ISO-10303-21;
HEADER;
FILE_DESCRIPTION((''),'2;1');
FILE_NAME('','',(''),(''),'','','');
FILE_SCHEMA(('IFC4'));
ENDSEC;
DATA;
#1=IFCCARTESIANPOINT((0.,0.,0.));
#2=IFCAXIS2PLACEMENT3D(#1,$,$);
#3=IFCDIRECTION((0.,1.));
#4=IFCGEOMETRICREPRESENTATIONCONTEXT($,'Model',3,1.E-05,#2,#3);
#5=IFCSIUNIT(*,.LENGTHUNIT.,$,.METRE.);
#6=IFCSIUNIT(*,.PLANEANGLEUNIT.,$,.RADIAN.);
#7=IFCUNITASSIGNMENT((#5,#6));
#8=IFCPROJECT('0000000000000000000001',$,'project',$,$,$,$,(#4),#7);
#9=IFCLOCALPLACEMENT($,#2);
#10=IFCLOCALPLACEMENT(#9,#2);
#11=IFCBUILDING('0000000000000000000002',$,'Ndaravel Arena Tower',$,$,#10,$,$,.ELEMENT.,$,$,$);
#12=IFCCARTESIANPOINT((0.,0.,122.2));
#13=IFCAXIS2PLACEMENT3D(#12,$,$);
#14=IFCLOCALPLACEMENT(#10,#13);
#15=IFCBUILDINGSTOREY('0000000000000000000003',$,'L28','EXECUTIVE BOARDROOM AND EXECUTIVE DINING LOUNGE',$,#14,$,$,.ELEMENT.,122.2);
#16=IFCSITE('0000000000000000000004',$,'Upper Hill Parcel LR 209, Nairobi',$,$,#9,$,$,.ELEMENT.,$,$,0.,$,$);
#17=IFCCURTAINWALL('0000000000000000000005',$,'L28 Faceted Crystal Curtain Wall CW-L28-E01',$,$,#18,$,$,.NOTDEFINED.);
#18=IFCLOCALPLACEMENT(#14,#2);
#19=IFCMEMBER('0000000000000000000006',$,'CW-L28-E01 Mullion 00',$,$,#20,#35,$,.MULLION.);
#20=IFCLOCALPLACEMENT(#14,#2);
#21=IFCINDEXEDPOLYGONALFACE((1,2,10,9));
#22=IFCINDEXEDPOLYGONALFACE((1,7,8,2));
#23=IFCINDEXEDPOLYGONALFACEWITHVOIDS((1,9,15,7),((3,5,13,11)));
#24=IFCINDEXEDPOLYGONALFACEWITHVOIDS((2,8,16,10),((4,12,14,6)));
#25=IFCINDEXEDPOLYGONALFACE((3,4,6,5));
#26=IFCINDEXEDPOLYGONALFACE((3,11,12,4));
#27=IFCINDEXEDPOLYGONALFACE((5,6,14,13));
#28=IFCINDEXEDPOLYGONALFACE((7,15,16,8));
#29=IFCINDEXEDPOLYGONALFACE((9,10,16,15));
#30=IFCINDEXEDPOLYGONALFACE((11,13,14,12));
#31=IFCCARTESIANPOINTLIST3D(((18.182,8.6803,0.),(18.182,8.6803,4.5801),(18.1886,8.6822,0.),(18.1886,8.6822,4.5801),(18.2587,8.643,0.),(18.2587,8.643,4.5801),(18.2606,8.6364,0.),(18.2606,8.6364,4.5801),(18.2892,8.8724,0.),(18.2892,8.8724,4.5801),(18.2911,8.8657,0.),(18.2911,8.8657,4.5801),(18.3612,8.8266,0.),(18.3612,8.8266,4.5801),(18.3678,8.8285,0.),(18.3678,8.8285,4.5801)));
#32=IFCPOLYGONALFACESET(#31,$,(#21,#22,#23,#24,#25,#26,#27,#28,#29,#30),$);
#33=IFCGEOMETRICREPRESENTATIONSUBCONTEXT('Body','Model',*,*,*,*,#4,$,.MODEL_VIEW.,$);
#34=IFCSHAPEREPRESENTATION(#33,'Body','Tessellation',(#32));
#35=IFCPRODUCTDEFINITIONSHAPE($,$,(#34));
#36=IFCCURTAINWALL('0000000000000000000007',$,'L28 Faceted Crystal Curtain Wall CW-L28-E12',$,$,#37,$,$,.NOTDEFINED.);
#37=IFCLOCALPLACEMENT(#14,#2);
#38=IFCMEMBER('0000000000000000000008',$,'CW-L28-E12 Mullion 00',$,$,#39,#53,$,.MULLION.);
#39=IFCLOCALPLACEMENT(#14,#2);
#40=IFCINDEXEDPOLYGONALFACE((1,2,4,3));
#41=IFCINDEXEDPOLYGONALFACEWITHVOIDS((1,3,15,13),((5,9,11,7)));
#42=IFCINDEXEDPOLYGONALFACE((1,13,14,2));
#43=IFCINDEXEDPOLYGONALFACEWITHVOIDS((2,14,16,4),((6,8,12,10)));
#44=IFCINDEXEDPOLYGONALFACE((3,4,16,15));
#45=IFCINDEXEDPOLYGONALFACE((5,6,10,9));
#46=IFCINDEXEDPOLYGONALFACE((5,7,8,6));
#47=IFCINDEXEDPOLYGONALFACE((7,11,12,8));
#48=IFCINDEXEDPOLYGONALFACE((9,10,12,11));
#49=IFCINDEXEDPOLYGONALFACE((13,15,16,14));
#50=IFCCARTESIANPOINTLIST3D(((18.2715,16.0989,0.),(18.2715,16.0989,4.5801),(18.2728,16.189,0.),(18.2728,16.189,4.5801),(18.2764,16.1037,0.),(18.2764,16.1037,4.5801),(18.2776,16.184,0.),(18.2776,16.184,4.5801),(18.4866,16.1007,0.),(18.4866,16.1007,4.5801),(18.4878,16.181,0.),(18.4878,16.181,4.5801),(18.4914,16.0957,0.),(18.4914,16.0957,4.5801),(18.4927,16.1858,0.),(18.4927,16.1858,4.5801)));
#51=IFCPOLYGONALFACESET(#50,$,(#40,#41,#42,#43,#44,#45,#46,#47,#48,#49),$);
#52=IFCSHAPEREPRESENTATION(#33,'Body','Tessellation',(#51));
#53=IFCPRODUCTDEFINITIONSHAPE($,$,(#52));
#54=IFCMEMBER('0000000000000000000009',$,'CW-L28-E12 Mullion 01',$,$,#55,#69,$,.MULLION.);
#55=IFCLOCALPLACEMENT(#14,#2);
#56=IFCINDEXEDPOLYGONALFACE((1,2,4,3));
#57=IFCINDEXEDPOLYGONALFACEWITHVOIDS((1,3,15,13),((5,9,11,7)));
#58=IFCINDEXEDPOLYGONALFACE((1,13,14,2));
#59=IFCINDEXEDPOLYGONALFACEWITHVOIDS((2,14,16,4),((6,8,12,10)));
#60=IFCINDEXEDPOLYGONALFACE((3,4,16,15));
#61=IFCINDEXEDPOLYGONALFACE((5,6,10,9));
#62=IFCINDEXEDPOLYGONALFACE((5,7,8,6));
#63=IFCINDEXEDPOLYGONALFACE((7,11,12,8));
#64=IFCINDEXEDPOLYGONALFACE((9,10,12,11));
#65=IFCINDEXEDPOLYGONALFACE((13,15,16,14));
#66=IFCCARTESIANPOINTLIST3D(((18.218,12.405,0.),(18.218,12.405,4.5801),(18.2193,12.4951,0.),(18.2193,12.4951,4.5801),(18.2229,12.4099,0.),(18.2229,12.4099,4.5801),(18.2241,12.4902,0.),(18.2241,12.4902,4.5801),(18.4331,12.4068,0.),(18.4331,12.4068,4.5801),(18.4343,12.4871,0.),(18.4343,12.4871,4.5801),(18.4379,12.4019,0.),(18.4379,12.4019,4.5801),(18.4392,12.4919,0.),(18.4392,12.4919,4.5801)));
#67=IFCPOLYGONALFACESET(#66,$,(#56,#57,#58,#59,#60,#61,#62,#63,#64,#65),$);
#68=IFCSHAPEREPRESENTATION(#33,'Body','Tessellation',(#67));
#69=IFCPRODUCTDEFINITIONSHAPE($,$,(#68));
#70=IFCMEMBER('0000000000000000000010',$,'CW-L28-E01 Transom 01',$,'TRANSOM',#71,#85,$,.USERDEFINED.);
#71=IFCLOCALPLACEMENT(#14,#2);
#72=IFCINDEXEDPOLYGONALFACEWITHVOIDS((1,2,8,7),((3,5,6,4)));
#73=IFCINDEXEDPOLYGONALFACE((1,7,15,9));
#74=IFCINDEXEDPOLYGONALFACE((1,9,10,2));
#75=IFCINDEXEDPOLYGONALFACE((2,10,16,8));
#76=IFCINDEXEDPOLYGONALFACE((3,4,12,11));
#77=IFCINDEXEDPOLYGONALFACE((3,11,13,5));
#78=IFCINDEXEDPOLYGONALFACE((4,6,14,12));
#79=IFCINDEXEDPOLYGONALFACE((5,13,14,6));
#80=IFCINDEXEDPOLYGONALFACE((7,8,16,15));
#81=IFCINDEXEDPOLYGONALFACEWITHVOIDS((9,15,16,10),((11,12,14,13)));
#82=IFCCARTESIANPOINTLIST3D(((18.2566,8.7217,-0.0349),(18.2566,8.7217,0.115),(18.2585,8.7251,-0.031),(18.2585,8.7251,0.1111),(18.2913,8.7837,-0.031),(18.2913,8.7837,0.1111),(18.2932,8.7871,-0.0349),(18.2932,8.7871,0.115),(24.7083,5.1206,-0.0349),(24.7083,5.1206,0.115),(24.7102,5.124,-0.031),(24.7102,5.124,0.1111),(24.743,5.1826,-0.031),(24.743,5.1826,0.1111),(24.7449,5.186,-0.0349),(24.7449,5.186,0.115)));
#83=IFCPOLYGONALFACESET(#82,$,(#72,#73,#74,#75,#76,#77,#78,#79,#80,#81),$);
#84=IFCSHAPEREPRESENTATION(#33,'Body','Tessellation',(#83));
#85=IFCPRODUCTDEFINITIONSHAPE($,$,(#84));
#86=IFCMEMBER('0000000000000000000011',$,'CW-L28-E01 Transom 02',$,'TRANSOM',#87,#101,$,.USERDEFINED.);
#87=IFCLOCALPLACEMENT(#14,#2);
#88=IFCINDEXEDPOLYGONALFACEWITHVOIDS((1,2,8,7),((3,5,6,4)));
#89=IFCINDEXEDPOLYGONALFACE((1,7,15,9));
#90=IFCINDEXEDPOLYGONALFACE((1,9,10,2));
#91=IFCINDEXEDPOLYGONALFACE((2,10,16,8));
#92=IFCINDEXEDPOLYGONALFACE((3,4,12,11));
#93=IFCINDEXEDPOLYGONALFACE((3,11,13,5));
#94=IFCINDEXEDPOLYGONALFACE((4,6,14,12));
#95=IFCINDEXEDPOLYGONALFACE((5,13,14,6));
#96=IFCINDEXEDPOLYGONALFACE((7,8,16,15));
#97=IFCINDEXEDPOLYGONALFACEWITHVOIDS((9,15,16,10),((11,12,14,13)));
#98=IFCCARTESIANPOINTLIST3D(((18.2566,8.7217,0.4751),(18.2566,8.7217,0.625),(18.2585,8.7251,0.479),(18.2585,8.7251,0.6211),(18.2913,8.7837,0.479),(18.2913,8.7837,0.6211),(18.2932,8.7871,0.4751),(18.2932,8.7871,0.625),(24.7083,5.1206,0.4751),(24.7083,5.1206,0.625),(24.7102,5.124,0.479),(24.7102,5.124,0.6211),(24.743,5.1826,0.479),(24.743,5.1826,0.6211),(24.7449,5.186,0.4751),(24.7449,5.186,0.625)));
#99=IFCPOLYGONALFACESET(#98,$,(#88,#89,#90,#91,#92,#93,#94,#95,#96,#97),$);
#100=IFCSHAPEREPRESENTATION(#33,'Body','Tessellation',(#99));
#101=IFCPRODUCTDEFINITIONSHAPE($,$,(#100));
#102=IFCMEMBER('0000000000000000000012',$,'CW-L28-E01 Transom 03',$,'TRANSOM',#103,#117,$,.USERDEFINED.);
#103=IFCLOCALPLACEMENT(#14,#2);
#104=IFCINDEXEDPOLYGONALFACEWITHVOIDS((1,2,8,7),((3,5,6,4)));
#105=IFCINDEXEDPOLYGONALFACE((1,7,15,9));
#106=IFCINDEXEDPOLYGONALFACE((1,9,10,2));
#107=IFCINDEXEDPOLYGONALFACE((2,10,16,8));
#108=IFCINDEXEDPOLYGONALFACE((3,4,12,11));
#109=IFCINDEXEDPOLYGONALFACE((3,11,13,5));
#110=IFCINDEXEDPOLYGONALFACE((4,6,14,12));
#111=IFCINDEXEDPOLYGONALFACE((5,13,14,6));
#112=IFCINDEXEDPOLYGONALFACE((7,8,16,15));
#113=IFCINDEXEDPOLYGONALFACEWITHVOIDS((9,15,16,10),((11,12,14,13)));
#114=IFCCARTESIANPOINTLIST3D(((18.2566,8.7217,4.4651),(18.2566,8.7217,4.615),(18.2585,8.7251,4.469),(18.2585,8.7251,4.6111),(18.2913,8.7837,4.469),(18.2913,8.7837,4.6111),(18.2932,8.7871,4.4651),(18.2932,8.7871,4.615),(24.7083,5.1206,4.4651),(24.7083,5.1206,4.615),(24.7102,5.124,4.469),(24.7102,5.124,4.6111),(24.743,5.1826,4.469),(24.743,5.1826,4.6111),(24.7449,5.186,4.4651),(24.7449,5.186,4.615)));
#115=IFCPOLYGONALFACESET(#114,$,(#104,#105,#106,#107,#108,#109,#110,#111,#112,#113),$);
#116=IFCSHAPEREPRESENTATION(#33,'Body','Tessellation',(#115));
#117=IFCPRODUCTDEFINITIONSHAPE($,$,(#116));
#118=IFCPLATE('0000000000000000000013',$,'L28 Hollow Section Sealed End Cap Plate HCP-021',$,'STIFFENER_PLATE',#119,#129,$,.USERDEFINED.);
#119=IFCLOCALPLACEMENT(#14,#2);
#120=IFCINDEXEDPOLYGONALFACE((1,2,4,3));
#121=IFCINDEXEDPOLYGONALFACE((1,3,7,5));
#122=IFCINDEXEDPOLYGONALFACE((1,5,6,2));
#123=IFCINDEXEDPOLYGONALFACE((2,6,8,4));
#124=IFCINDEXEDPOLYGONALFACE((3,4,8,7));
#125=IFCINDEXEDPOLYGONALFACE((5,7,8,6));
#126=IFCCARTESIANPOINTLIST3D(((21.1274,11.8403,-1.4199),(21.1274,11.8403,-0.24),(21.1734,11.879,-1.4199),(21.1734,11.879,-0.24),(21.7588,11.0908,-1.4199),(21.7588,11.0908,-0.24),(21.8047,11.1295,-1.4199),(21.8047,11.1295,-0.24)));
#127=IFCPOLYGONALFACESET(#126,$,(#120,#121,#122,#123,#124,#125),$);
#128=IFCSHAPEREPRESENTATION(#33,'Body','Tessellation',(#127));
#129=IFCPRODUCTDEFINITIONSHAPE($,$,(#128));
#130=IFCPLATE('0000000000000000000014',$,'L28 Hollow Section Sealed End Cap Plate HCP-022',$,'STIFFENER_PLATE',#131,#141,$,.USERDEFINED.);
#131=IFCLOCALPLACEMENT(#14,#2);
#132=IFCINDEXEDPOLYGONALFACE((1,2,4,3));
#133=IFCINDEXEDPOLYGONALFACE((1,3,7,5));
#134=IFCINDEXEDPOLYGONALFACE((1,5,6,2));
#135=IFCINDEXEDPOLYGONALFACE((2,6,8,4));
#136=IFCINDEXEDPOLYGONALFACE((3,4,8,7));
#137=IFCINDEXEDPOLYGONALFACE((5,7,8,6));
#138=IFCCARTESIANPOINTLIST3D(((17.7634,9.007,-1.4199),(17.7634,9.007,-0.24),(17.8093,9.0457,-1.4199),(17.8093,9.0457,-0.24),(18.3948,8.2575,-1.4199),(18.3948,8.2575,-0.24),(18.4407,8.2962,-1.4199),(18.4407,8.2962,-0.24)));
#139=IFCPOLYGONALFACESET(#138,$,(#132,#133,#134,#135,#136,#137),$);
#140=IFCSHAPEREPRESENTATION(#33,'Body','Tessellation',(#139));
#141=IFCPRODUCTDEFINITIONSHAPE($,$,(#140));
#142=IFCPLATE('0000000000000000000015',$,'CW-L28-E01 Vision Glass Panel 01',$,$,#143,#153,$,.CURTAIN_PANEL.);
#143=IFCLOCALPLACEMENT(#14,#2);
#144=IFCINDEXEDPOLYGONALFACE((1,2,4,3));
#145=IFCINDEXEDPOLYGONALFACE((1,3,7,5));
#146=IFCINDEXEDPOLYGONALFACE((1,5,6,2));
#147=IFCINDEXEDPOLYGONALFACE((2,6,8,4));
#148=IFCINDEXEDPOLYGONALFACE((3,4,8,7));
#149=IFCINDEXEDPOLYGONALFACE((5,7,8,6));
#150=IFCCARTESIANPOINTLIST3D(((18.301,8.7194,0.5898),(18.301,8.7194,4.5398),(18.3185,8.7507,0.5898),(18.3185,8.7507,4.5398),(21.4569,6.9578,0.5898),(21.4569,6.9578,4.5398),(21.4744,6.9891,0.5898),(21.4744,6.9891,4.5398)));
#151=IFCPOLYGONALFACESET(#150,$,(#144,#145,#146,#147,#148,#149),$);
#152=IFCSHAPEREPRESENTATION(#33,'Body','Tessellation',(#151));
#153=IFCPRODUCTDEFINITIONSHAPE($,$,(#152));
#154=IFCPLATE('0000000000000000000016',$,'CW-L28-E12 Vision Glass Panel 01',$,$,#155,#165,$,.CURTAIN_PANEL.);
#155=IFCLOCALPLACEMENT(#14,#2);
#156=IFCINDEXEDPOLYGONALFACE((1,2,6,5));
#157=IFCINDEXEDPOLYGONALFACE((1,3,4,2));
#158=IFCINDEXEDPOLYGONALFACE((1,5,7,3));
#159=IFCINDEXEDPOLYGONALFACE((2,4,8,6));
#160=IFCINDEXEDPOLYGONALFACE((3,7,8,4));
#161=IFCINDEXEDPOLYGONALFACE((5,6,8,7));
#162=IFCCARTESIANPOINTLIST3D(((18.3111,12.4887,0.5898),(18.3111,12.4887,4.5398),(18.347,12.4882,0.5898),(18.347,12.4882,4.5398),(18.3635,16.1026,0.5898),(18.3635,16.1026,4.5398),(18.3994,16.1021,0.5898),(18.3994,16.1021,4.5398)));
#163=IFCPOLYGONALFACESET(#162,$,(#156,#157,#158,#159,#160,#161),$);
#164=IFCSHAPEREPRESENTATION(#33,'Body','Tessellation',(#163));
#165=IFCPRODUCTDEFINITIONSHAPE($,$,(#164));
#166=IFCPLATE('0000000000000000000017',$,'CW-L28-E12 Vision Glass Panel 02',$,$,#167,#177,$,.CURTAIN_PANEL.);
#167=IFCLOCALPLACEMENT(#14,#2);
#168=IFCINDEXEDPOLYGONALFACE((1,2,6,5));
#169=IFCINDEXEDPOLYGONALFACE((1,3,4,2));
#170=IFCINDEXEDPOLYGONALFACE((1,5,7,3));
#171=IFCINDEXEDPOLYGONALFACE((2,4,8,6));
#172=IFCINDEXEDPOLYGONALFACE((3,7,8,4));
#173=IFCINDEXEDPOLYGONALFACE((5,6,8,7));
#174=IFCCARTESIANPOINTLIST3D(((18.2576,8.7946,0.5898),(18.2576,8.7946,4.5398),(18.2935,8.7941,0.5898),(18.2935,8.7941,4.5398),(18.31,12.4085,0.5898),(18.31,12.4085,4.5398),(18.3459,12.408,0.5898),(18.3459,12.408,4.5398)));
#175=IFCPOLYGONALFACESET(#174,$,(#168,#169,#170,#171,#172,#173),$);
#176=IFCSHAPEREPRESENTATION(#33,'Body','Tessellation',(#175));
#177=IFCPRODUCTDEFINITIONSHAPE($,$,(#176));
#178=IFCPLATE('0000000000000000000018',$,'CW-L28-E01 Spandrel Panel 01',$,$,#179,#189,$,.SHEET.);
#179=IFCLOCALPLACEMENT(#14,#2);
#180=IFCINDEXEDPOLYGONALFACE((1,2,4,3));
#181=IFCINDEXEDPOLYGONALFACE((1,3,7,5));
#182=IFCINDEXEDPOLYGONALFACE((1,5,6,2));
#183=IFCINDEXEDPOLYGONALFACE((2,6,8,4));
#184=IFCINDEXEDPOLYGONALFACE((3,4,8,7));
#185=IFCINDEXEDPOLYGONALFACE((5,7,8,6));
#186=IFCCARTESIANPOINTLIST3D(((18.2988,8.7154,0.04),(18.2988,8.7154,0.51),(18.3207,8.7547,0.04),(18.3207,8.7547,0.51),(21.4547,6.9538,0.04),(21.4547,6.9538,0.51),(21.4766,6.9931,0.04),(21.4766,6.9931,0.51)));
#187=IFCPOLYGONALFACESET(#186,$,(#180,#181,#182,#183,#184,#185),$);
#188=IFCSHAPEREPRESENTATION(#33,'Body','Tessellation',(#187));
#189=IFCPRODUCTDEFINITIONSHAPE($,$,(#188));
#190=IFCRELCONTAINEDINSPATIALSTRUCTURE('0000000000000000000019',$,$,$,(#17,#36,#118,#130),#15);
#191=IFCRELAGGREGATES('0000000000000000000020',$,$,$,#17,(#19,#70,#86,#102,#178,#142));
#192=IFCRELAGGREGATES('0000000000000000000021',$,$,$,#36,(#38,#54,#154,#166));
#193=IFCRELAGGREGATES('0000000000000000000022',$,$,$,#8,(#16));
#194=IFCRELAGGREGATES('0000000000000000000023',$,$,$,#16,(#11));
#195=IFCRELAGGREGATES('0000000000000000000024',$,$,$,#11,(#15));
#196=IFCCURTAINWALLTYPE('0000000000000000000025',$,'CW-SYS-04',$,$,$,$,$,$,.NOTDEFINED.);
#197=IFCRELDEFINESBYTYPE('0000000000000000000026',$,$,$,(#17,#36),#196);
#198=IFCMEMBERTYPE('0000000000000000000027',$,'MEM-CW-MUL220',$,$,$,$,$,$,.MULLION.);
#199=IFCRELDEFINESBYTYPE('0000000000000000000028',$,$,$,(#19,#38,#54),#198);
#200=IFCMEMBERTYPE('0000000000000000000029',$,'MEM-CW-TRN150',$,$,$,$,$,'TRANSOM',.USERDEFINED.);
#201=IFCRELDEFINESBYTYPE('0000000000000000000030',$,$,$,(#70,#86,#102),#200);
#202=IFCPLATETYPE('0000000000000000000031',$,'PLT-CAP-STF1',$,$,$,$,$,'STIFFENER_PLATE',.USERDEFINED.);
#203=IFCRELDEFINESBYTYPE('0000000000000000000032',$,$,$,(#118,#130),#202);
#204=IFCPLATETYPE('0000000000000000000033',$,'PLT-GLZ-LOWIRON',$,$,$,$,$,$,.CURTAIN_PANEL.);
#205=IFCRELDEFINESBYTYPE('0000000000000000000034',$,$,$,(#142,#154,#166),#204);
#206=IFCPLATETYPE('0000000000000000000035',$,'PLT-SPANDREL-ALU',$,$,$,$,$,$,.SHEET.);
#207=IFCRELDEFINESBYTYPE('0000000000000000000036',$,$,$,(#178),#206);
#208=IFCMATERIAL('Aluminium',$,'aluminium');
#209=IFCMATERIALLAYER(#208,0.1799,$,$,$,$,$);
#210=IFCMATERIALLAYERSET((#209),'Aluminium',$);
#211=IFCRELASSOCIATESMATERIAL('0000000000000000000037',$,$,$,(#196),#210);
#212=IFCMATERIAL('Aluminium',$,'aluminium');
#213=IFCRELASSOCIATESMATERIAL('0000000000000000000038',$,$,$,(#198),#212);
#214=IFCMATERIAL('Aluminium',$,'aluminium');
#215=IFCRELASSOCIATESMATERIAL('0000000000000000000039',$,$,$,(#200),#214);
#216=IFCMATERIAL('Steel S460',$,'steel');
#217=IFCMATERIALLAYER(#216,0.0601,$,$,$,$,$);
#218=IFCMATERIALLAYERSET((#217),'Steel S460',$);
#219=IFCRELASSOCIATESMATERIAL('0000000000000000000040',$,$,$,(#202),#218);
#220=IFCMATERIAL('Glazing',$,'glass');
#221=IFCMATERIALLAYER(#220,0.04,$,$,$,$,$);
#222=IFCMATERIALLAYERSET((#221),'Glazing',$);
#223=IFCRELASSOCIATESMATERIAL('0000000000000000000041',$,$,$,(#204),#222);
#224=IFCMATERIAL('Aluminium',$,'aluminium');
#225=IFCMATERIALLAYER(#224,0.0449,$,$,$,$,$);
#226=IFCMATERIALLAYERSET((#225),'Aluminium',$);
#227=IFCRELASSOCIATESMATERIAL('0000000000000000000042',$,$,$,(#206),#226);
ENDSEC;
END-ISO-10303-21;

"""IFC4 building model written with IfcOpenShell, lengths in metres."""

from ifc_helpers import new_model, si_unit, direction, frame, origin, origin_2d, place, context, subcontext, project, spatial, rectangle, hollow_rectangle, extrude, material, layer, layer_set, material_profile, profile_set, type_object, element, aggregate, save


model = new_model("IFC4")

# Units and contexts
model_context = context("Model", 3, precision=1e-05, world=origin(), true_north=direction((0.0, 1.0)))
body_context = subcontext(model_context, "Body", "Model", "MODEL_VIEW")
ifc_project = project(units=[si_unit("LENGTHUNIT", "METRE"), si_unit("PLANEANGLEUNIT", "RADIAN")], contexts=[model_context])

# Site, building, storey
site_placement = place(None, origin())
site = spatial("IfcSite", under=ifc_project, at=site_placement, Name="Upper Hill Parcel LR 209, Nairobi", CompositionType="ELEMENT", RefElevation=0.0)
building_placement = place(site_placement, origin())
building = spatial("IfcBuilding", under=site, at=building_placement, Name="Ndaravel Arena Tower", CompositionType="ELEMENT")
storey_placement = place(building_placement, frame((0.0, 0.0, 122.2)))
storey = spatial("IfcBuildingStorey", under=building, at=storey_placement, Name="L28", Description="EXECUTIVE BOARDROOM AND EXECUTIVE DINING LOUNGE", CompositionType="ELEMENT", Elevation=122.2)

# Curtain wall, member
ifc_material_1 = material(Name="Aluminium", Category="aluminium")
ifc_layer_1 = layer(ifc_material_1, 0.1799)
ifc_layer_set_1 = layer_set([ifc_layer_1], Name="Aluminium")
curtain_wall_type = type_object("IfcCurtainWallType", Name="CW-SYS-04", PredefinedType="NOTDEFINED", material=ifc_layer_set_1)
curtain_wall_1_placement = place(storey_placement, origin())
curtain_wall_1 = element("IfcCurtainWall", 1, at=curtain_wall_1_placement, inside=storey, type_object=curtain_wall_type, Name="L28 Faceted Crystal Curtain Wall CW-L28-E01", PredefinedType="NOTDEFINED")
ifc_material_2 = material(Name="Aluminium", Category="aluminium")
ifc_material_profile_1 = material_profile(ifc_material_2, hollow_rectangle(XDim=0.0901, YDim=0.22, WallThickness=0.0049, at=origin_2d()), Name="CW MULLION 90x220x5")
ifc_profile_set_1 = profile_set([ifc_material_profile_1], Name="Aluminium")
member_type_1 = type_object("IfcMemberType", Name="MEM-CW-MUL220", PredefinedType="MULLION", material=ifc_profile_set_1)
member_1_placement = place(storey_placement, frame((18.2749, 8.7544, 0.0), z_axis=(0.0, 0.0, 1.0), x_axis=(0.873177, -0.487403, 0.0)))
member_1 = element("IfcMember", 2, at=member_1_placement, type_object=member_type_1, Name="CW-L28-E01 Mullion 00", PredefinedType="MULLION", context=body_context, shape_type="SweptSolid", body=[
    extrude(hollow_rectangle(XDim=0.0901, YDim=0.22, WallThickness=0.0049, at=origin_2d()), origin(), (0.0, 0.0, 1.0), 4.5801),
])

# Curtain wall, members
curtain_wall_2_placement = place(storey_placement, origin())
curtain_wall_2 = element("IfcCurtainWall", 3, at=curtain_wall_2_placement, inside=storey, type_object=curtain_wall_type, Name="L28 Faceted Crystal Curtain Wall CW-L28-E12", PredefinedType="NOTDEFINED")
member_2_placement = place(storey_placement, frame((18.3821, 16.1423, 0.0), z_axis=(0.0, 0.0, 1.0), x_axis=(-0.014503, -0.999895, 0.0)))
member_2 = element("IfcMember", 4, at=member_2_placement, type_object=member_type_1, Name="CW-L28-E12 Mullion 00", PredefinedType="MULLION", context=body_context, shape_type="SweptSolid", body=[
    extrude(hollow_rectangle(XDim=0.0901, YDim=0.22, WallThickness=0.0049, at=origin_2d()), origin(), (0.0, 0.0, 1.0), 4.5801),
])
member_3_placement = place(storey_placement, frame((18.3286, 12.4485, 0.0), z_axis=(0.0, 0.0, 1.0), x_axis=(-0.014503, -0.999895, 0.0)))
member_3 = element("IfcMember", 5, at=member_3_placement, type_object=member_type_1, Name="CW-L28-E12 Mullion 01", PredefinedType="MULLION", context=body_context, shape_type="SweptSolid", body=[
    extrude(hollow_rectangle(XDim=0.0901, YDim=0.22, WallThickness=0.0049, at=origin_2d()), origin(), (0.0, 0.0, 1.0), 4.5801),
])

# Members
ifc_material_3 = material(Name="Aluminium", Category="aluminium")
ifc_material_profile_2 = material_profile(ifc_material_3, hollow_rectangle(XDim=0.075, YDim=0.1499, WallThickness=0.0039, at=origin_2d()), Name="CW TRANSOM 75x150x4")
ifc_profile_set_2 = profile_set([ifc_material_profile_2], Name="Aluminium")
member_type_2 = type_object("IfcMemberType", Name="MEM-CW-TRN150", ElementType="TRANSOM", PredefinedType="USERDEFINED", material=ifc_profile_set_2)
member_4_placement = place(storey_placement, frame((18.2749, 8.7544, 0.04), z_axis=(0.873189, -0.487381, 0.0), x_axis=(0.487381, 0.873189, 0.0)))
member_4 = element("IfcMember", 6, at=member_4_placement, type_object=member_type_2, Name="CW-L28-E01 Transom 01", ObjectType="TRANSOM", PredefinedType="USERDEFINED", context=body_context, shape_type="SweptSolid", body=[
    extrude(hollow_rectangle(XDim=0.075, YDim=0.1499, WallThickness=0.0039, at=origin_2d()), origin(), (0.0, 0.0, 1.0), 7.3887),
])
member_5_placement = place(storey_placement, frame((18.2749, 8.7544, 0.55), z_axis=(0.873189, -0.487381, 0.0), x_axis=(0.487381, 0.873189, 0.0)))
member_5 = element("IfcMember", 7, at=member_5_placement, type_object=member_type_2, Name="CW-L28-E01 Transom 02", ObjectType="TRANSOM", PredefinedType="USERDEFINED", context=body_context, shape_type="SweptSolid", body=[
    extrude(hollow_rectangle(XDim=0.075, YDim=0.1499, WallThickness=0.0039, at=origin_2d()), origin(), (0.0, 0.0, 1.0), 7.3887),
])
member_6_placement = place(storey_placement, frame((18.2749, 8.7544, 4.54), z_axis=(0.873189, -0.487381, 0.0), x_axis=(0.487381, 0.873189, 0.0)))
member_6 = element("IfcMember", 8, at=member_6_placement, type_object=member_type_2, Name="CW-L28-E01 Transom 03", ObjectType="TRANSOM", PredefinedType="USERDEFINED", context=body_context, shape_type="SweptSolid", body=[
    extrude(hollow_rectangle(XDim=0.075, YDim=0.1499, WallThickness=0.0039, at=origin_2d()), origin(), (0.0, 0.0, 1.0), 7.3887),
])

# Plates
ifc_material_4 = material(Name="Steel S460", Category="steel")
ifc_layer_2 = layer(ifc_material_4, 0.0601)
ifc_layer_set_2 = layer_set([ifc_layer_2], Name="Steel S460")
plate_type_1 = type_object("IfcPlateType", Name="PLT-CAP-STF1", ElementType="STIFFENER_PLATE", PredefinedType="USERDEFINED", material=ifc_layer_set_2)
for number, where, z_axis, x_axis, name in (
    (9, (21.4661, 11.4849, -1.4199), (0.0, 0.0, 1.0), (-0.764809, -0.644257, 0.0), "L28 Hollow Section Sealed End Cap Plate HCP-021"),
    (10, (18.1021, 8.6516, -1.4199), (0.0, 0.0, 1.0), (-0.764809, -0.644257, 0.0), "L28 Hollow Section Sealed End Cap Plate HCP-022"),
):
    element("IfcPlate", number, at=place(storey_placement, frame(where, z_axis=z_axis, x_axis=x_axis)), inside=storey, type_object=plate_type_1, Name=name, ObjectType="STIFFENER_PLATE", PredefinedType="USERDEFINED", context=body_context, shape_type="SweptSolid", body=[
        extrude(rectangle(XDim=0.0601, YDim=0.98, at=origin_2d()), origin(), (0.0, 0.0, 1.0), 1.1799),
    ])

# Plates
ifc_material_5 = material(Name="Glazing", Category="glass")
ifc_layer_3 = layer(ifc_material_5, 0.04)
ifc_layer_set_3 = layer_set([ifc_layer_3], Name="Glazing")
plate_type_2 = type_object("IfcPlateType", Name="PLT-GLZ-LOWIRON", PredefinedType="CURTAIN_PANEL", material=ifc_layer_set_3)
plate_1_placement = place(storey_placement, frame((19.8877, 7.8542, 0.5898), z_axis=(0.0, 0.0, 1.0), x_axis=(0.873177, -0.487403, 0.0)))
plate_1 = element("IfcPlate", 11, at=plate_1_placement, type_object=plate_type_2, Name="CW-L28-E01 Vision Glass Panel 01", PredefinedType="CURTAIN_PANEL", context=body_context, shape_type="SweptSolid", body=[
    extrude(rectangle(XDim=3.6143, YDim=0.0359, at=origin_2d()), origin(), (0.0, 0.0, 1.0), 3.95),
])
plate_2_placement = place(storey_placement, frame((18.3552, 14.2954, 0.5898), z_axis=(0.0, 0.0, 1.0), x_axis=(-0.014503, -0.999895, 0.0)))
plate_2 = element("IfcPlate", 12, at=plate_2_placement, type_object=plate_type_2, Name="CW-L28-E12 Vision Glass Panel 01", PredefinedType="CURTAIN_PANEL", context=body_context, shape_type="SweptSolid", body=[
    extrude(rectangle(XDim=3.6143, YDim=0.0359, at=origin_2d()), origin(), (0.0, 0.0, 1.0), 3.95),
])
plate_3_placement = place(storey_placement, frame((18.3018, 10.6013, 0.5898), z_axis=(0.0, 0.0, 1.0), x_axis=(-0.014503, -0.999895, 0.0)))
plate_3 = element("IfcPlate", 13, at=plate_3_placement, type_object=plate_type_2, Name="CW-L28-E12 Vision Glass Panel 02", PredefinedType="CURTAIN_PANEL", context=body_context, shape_type="SweptSolid", body=[
    extrude(rectangle(XDim=3.6143, YDim=0.0359, at=origin_2d()), origin(), (0.0, 0.0, 1.0), 3.95),
])
ifc_material_6 = material(Name="Aluminium", Category="aluminium")
ifc_layer_4 = layer(ifc_material_6, 0.0449)
ifc_layer_set_4 = layer_set([ifc_layer_4], Name="Aluminium")
plate_type_3 = type_object("IfcPlateType", Name="PLT-SPANDREL-ALU", PredefinedType="SHEET", material=ifc_layer_set_4)
plate_4_placement = place(storey_placement, frame((19.8877, 7.8542, 0.04), z_axis=(0.0, 0.0, 1.0), x_axis=(0.873177, -0.487403, 0.0)))
plate_4 = element("IfcPlate", 14, at=plate_4_placement, type_object=plate_type_3, Name="CW-L28-E01 Spandrel Panel 01", PredefinedType="SHEET", context=body_context, shape_type="SweptSolid", body=[
    extrude(rectangle(XDim=3.6143, YDim=0.0449, at=origin_2d()), origin(), (0.0, 0.0, 1.0), 0.47),
])
aggregate(curtain_wall_1, [member_1, member_4, member_5, member_6, plate_4, plate_1])
aggregate(curtain_wall_2, [member_2, member_3, plate_2, plate_3])

save(model, "model.ifc")
